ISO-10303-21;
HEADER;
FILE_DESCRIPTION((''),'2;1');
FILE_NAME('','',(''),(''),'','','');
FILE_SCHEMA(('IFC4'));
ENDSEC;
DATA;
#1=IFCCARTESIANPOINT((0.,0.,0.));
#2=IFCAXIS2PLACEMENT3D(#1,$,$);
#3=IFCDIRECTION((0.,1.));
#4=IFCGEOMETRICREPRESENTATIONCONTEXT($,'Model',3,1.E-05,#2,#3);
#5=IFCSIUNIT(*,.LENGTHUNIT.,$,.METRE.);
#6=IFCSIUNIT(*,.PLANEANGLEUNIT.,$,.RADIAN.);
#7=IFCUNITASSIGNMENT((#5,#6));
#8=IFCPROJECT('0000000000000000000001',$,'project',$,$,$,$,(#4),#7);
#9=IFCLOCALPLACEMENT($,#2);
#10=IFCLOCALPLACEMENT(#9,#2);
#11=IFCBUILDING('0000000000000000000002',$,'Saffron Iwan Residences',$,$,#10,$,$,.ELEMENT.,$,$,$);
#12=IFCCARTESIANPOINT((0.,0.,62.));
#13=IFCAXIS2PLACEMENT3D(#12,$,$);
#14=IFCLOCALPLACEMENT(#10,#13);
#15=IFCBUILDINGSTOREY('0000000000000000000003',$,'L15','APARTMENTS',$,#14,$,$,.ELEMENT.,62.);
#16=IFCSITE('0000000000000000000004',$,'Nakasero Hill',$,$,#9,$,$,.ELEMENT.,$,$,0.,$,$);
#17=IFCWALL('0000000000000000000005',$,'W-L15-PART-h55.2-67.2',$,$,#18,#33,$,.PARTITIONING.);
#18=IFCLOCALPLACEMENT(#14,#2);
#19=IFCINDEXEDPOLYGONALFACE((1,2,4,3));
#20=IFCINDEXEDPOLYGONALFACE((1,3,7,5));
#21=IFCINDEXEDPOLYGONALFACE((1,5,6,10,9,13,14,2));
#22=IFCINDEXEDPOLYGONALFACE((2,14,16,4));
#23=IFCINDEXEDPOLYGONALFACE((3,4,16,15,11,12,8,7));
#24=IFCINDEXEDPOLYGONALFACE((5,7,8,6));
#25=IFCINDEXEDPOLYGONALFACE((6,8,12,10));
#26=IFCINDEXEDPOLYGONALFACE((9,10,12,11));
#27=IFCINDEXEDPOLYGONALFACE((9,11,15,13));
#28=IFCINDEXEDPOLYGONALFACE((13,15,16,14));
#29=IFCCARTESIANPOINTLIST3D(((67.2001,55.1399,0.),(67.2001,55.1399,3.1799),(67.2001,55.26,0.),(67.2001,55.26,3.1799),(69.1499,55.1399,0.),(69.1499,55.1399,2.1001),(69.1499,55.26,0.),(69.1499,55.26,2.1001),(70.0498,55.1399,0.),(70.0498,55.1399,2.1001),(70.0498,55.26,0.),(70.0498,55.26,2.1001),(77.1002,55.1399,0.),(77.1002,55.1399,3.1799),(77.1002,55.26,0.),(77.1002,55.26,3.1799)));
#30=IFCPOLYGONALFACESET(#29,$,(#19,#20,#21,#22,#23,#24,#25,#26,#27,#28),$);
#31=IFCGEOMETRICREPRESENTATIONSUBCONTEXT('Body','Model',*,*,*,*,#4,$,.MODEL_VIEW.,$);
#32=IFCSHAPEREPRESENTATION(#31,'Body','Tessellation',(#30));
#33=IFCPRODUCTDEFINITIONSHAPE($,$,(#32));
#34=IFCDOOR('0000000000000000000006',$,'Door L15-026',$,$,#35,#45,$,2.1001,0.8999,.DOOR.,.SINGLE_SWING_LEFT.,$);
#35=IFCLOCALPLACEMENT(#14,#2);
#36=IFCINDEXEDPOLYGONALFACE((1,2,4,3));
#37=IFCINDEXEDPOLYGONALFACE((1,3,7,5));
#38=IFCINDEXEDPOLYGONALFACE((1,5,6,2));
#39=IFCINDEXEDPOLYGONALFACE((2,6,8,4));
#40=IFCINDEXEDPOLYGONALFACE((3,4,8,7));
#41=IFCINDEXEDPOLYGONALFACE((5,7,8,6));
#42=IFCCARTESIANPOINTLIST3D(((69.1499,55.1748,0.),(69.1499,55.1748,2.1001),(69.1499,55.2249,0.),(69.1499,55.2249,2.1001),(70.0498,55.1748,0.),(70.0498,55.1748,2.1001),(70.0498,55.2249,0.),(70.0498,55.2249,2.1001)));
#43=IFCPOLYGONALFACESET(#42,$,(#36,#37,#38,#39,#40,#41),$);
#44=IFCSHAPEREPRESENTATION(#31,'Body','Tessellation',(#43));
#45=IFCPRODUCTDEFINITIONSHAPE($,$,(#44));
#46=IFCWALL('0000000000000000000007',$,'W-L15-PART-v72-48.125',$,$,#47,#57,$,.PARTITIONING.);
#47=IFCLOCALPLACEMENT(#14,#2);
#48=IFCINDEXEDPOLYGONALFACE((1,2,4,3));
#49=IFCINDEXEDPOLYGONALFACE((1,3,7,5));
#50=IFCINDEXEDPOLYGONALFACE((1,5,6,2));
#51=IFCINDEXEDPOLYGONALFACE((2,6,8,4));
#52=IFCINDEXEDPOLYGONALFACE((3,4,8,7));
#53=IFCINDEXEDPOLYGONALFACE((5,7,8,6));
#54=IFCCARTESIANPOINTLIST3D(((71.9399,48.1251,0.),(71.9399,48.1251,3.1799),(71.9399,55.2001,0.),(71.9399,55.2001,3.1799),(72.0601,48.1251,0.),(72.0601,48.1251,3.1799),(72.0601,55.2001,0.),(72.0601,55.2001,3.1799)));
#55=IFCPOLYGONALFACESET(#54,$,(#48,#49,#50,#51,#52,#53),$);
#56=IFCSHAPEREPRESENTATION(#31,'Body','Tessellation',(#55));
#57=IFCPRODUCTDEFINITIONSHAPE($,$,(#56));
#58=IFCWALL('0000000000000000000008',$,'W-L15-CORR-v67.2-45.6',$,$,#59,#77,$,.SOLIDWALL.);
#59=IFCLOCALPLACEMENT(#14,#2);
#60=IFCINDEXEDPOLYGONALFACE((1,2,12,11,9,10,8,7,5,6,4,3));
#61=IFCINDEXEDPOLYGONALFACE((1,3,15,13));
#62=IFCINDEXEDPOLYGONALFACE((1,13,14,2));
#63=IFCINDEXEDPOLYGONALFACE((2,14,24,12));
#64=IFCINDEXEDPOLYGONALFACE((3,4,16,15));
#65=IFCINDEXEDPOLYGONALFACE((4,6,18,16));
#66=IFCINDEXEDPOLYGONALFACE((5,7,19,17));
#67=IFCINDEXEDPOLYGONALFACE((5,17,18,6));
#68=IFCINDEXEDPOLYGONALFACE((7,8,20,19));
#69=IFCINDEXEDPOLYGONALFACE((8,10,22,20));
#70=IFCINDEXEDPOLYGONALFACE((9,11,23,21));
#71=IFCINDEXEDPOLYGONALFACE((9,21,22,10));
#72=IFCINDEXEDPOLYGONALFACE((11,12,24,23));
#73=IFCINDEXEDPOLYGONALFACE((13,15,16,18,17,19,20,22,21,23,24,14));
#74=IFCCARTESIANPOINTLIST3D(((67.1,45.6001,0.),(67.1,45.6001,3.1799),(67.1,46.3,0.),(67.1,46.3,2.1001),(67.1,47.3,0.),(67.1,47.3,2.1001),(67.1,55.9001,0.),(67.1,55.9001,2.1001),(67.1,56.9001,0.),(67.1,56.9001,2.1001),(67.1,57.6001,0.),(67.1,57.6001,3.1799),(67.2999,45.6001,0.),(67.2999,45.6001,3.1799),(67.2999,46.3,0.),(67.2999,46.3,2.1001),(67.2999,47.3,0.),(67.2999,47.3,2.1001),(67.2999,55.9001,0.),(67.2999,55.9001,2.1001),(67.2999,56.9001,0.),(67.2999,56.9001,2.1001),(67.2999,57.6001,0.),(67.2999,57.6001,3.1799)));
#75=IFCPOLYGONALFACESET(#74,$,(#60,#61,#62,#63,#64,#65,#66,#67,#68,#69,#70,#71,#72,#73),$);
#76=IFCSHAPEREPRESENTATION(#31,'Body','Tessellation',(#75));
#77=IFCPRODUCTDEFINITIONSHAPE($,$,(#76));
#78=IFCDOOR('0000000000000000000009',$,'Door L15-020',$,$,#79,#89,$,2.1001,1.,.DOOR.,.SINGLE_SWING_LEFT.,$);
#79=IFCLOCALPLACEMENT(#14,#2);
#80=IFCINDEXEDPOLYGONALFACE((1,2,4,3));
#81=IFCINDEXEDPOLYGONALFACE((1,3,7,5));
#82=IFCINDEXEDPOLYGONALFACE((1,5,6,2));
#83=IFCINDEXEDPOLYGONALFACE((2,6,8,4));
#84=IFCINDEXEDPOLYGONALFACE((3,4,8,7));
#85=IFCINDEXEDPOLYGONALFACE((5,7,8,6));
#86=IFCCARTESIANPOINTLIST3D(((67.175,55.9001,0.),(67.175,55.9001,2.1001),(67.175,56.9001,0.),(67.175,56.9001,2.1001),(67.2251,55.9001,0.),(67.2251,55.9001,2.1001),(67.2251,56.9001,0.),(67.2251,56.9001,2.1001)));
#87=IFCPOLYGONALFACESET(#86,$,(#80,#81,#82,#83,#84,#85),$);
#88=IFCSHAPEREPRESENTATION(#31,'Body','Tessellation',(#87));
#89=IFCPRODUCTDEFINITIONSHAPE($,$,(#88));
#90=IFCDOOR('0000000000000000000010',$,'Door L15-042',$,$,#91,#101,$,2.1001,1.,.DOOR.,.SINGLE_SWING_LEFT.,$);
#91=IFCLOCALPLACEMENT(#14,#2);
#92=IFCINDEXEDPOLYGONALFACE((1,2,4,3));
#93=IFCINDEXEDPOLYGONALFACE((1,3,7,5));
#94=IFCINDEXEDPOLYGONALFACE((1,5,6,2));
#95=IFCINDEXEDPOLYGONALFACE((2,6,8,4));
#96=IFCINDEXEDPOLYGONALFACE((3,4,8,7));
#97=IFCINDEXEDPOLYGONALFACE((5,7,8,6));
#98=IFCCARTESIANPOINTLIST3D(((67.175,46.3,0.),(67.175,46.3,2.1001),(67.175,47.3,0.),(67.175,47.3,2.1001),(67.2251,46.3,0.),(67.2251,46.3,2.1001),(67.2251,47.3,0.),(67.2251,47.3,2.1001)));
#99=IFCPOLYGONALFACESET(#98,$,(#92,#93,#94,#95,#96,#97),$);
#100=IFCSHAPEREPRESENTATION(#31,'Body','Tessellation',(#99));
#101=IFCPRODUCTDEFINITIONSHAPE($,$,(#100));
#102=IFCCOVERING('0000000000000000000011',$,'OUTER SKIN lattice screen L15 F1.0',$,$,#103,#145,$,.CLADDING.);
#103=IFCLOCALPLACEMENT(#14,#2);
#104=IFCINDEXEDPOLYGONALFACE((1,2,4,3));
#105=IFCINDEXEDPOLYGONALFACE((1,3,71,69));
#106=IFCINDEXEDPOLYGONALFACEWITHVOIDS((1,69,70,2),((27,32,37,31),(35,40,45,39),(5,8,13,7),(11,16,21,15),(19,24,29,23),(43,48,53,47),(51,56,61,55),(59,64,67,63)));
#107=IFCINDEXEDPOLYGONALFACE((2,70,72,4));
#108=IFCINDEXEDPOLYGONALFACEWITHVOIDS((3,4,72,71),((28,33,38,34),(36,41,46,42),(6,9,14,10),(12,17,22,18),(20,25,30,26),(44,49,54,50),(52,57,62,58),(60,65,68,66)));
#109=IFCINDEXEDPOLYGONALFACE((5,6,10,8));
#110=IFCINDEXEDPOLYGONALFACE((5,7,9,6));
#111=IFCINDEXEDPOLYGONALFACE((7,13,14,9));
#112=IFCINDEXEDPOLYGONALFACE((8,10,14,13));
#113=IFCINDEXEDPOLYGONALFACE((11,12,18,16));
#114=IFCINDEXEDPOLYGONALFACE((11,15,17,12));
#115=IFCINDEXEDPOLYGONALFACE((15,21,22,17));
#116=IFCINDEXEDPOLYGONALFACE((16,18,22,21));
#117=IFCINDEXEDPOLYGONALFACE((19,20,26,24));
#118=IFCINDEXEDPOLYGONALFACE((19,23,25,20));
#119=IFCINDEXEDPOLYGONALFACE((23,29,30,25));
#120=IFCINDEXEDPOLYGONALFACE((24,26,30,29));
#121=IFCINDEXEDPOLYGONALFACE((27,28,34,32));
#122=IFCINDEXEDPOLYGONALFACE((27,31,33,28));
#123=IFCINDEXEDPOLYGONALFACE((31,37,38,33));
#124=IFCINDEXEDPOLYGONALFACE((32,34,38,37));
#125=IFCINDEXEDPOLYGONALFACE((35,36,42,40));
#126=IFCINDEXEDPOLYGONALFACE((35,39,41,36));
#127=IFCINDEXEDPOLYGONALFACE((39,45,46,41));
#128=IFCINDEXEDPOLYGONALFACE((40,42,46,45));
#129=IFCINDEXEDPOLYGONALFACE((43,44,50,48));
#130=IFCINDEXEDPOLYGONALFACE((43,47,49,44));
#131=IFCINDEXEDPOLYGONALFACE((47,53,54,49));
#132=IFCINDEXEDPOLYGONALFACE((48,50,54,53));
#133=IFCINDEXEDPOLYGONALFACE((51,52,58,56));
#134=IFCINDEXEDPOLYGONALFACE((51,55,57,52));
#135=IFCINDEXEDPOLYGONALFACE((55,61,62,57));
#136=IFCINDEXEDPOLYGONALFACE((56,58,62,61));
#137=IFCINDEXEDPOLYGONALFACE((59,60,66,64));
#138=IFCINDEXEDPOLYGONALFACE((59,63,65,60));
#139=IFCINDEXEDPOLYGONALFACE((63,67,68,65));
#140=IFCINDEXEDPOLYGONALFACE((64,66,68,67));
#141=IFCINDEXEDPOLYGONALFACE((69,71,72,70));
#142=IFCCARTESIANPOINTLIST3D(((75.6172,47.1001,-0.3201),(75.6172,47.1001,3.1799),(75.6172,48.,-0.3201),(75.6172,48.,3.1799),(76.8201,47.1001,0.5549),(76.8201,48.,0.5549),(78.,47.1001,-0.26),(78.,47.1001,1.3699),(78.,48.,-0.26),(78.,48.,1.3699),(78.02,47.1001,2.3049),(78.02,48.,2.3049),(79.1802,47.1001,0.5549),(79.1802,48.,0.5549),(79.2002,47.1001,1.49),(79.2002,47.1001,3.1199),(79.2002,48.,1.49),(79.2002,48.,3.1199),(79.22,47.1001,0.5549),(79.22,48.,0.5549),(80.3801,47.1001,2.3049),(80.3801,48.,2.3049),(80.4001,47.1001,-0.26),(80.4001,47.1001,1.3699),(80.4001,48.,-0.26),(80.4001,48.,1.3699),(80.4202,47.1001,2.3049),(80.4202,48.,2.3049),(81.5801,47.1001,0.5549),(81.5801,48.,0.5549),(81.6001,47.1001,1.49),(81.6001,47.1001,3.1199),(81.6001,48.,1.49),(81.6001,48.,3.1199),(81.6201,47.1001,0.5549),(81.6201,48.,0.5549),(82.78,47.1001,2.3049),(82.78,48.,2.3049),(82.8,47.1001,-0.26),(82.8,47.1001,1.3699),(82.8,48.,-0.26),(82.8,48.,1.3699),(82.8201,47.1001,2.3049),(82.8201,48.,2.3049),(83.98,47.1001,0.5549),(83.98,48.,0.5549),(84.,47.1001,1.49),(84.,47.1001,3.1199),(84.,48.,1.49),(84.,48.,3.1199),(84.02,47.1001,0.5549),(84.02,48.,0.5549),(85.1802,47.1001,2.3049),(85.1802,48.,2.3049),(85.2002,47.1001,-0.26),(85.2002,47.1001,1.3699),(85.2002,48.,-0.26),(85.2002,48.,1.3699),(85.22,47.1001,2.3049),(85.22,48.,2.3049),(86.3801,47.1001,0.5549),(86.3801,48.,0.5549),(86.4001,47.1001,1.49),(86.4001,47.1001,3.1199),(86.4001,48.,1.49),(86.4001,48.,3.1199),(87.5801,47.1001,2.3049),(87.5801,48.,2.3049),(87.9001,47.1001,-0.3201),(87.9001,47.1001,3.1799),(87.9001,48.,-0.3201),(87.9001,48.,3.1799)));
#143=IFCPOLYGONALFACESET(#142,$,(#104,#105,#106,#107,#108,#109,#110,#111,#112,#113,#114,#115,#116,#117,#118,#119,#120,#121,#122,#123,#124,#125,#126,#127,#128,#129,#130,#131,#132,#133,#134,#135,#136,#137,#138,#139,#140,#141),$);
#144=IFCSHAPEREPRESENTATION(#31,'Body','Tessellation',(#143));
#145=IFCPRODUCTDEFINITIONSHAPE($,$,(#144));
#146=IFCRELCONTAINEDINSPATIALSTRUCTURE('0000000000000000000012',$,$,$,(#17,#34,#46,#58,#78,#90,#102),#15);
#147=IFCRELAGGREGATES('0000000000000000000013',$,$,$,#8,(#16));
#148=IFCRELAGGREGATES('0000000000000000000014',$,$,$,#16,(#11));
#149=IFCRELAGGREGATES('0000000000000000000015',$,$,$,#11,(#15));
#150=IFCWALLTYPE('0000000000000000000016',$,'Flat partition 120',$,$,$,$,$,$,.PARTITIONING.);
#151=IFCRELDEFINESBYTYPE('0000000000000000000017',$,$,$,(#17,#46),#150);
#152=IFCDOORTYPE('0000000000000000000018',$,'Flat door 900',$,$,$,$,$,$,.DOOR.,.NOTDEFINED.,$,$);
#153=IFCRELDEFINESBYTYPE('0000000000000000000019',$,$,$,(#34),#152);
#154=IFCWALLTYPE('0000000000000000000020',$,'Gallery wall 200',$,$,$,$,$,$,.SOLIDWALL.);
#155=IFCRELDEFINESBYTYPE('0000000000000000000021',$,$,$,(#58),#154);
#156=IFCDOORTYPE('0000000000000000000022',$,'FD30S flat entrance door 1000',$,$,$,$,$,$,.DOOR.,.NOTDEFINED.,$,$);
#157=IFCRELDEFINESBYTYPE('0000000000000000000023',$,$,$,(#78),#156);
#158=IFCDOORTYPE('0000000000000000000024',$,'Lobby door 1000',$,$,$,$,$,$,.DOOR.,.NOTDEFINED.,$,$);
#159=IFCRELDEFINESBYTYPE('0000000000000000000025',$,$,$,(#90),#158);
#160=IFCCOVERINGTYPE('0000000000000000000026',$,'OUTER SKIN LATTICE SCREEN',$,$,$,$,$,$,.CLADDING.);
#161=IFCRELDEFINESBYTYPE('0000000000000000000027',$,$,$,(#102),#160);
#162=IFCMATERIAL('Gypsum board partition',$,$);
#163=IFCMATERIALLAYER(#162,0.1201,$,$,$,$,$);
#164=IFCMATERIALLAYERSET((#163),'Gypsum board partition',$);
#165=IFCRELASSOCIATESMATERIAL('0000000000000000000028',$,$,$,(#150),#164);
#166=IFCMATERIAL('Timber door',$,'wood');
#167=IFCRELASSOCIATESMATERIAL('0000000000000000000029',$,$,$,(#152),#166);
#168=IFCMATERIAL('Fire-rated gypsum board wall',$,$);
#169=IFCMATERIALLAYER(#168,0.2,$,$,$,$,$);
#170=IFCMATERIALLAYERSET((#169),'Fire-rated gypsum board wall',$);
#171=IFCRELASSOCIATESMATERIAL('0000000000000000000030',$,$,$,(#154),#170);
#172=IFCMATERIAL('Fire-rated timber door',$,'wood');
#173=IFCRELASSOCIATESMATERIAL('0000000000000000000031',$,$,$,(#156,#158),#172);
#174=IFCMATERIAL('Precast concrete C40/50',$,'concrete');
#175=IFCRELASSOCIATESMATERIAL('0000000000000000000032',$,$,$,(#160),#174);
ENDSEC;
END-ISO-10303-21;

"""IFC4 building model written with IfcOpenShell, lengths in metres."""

from ifc_helpers import new_model, si_unit, direction, frame, frame_2d, origin, place, context, subcontext, project, spatial, polyline, rectangle, outline, extrude, material, layer, layer_set, type_object, element, fill, save


model = new_model("IFC4")

# Units and contexts
model_context = context("Model", 3, precision=1e-05, world=origin(), true_north=direction((0.0, 1.0)))
body_context = subcontext(model_context, "Body", "Model", "MODEL_VIEW")
ifc_project = project(units=[si_unit("LENGTHUNIT", "METRE"), si_unit("PLANEANGLEUNIT", "RADIAN")], contexts=[model_context])

# Site, building, storey
site_placement = place(None, origin())
site = spatial("IfcSite", under=ifc_project, at=site_placement, Name="Nakasero Hill", CompositionType="ELEMENT", RefElevation=0.0)
building_placement = place(site_placement, origin())
building = spatial("IfcBuilding", under=site, at=building_placement, Name="Saffron Iwan Residences", CompositionType="ELEMENT")
storey_placement = place(building_placement, frame((0.0, 0.0, 62.0)))
storey = spatial("IfcBuildingStorey", under=building, at=storey_placement, Name="L15", Description="APARTMENTS", CompositionType="ELEMENT", Elevation=62.0)

# Shared definitions
ifc_material_1 = material(Name="Fire-rated gypsum board wall")

# Wall, opening, door
ifc_material_2 = material(Name="Gypsum board partition")
ifc_layer_1 = layer(ifc_material_2, 0.1201)
ifc_layer_set_1 = layer_set([ifc_layer_1], Name="Gypsum board partition")
wall_type_1 = type_object("IfcWallType", Name="Flat partition 120", PredefinedType="PARTITIONING", material=ifc_layer_set_1)
ifc_material_3 = material(Name="Timber door", Category="wood")
door_type_1 = type_object("IfcDoorType", Name="Flat door 900", OperationType="NOTDEFINED", PredefinedType="DOOR", material=ifc_material_3)
wall_1_placement = place(storey_placement, frame((67.2, 55.2, 0.0), z_axis=(0.0, 0.0, 1.0), x_axis=(1.0, 0.0, 0.0)))
wall_1 = element("IfcWall", 1, at=wall_1_placement, inside=storey, type_object=wall_type_1, Name="W-L15-PART-h55.2-67.2", PredefinedType="PARTITIONING", context=body_context, shape_type="SweptSolid", body=[
    extrude(rectangle(XDim=9.9001, YDim=0.1201, at=frame_2d((4.9502, 0.0))), origin(), (0.0, 0.0, 1.0), 3.1799),
])
opening_1_placement = place(wall_1_placement, frame((1.95, 0.0, 0.0)))
opening_1 = element("IfcOpeningElement", 2, at=opening_1_placement, cuts=wall_1, PredefinedType="OPENING", context=body_context, shape_type="SweptSolid", body=[
    extrude(rectangle(XDim=0.8999, YDim=2.1001, at=frame_2d((0.45, 1.05))), frame((0.0, 0.0701, 0.0), z_axis=(0.0, -1.0, 0.0), x_axis=(1.0, 0.0, 0.0)), (0.0, 0.0, 1.0), 0.1401),
])
door_1_placement = place(opening_1_placement, origin())
door_1 = element("IfcDoor", 3, at=door_1_placement, inside=storey, type_object=door_type_1, Name="Door L15-026", OperationType="SINGLE_SWING_LEFT", OverallHeight=2.1001, OverallWidth=0.8999, PredefinedType="DOOR", context=body_context, shape_type="SweptSolid", body=[
    extrude(rectangle(XDim=0.8999, YDim=2.1001, at=frame_2d((0.45, 1.05))), frame((0.0, 0.0249, 0.0), z_axis=(0.0, -1.0, 0.0), x_axis=(1.0, 0.0, 0.0)), (0.0, 0.0, 1.0), 0.05),
])
fill(opening_1, door_1)

# Wall
wall_2_placement = place(storey_placement, frame((72.0, 48.125, 0.0), z_axis=(0.0, 0.0, 1.0), x_axis=(0.0, 1.0, 0.0)))
element("IfcWall", 4, at=wall_2_placement, inside=storey, type_object=wall_type_1, Name="W-L15-PART-v72-48.125", PredefinedType="PARTITIONING", context=body_context, shape_type="SweptSolid", body=[
    extrude(rectangle(XDim=7.075, YDim=0.1201, at=frame_2d((3.5376, 0.0))), origin(), (0.0, 0.0, 1.0), 3.1799),
])

# Wall, openings, doors
ifc_layer_2 = layer(ifc_material_1, 0.2)
ifc_layer_set_2 = layer_set([ifc_layer_2], Name="Fire-rated gypsum board wall")
wall_type_2 = type_object("IfcWallType", Name="Gallery wall 200", PredefinedType="SOLIDWALL", material=ifc_layer_set_2)
wall_3_placement = place(storey_placement, frame((67.2, 45.6001, 0.0), z_axis=(0.0, 0.0, 1.0), x_axis=(0.0, 1.0, 0.0)))
wall_3 = element("IfcWall", 5, at=wall_3_placement, inside=storey, type_object=wall_type_2, Name="W-L15-CORR-v67.2-45.6", PredefinedType="SOLIDWALL", context=body_context, shape_type="SweptSolid", body=[
    extrude(rectangle(XDim=12.0, YDim=0.2, at=frame_2d((6.0, 0.0))), origin(), (0.0, 0.0, 1.0), 3.1799),
])
opening_2_placement = place(wall_3_placement, frame((10.3, 0.0, 0.0)))
opening_2 = element("IfcOpeningElement", 6, at=opening_2_placement, cuts=wall_3, PredefinedType="OPENING", context=body_context, shape_type="SweptSolid", body=[
    extrude(rectangle(XDim=1.0, YDim=2.1001, at=frame_2d((0.5, 1.05))), frame((0.0, 0.1099, 0.0), z_axis=(0.0, -1.0, 0.0), x_axis=(1.0, 0.0, 0.0)), (0.0, 0.0, 1.0), 0.22),
])
opening_3_placement = place(wall_3_placement, frame((0.7, 0.0, 0.0)))
opening_3 = element("IfcOpeningElement", 7, at=opening_3_placement, cuts=wall_3, PredefinedType="OPENING", context=body_context, shape_type="SweptSolid", body=[
    extrude(rectangle(XDim=1.0, YDim=2.1001, at=frame_2d((0.5, 1.05))), frame((0.0, 0.1099, 0.0), z_axis=(0.0, -1.0, 0.0), x_axis=(1.0, 0.0, 0.0)), (0.0, 0.0, 1.0), 0.22),
])
ifc_material_4 = material(Name="Fire-rated timber door", Category="wood")
door_type_2 = type_object("IfcDoorType", Name="FD30S flat entrance door 1000", OperationType="NOTDEFINED", PredefinedType="DOOR", material=ifc_material_4)
door_2_placement = place(opening_2_placement, origin())
door_2 = element("IfcDoor", 8, at=door_2_placement, inside=storey, type_object=door_type_2, Name="Door L15-020", OperationType="SINGLE_SWING_LEFT", OverallHeight=2.1001, OverallWidth=1.0, PredefinedType="DOOR", context=body_context, shape_type="SweptSolid", body=[
    extrude(rectangle(XDim=1.0, YDim=2.1001, at=frame_2d((0.5, 1.05))), frame((0.0, 0.0249, 0.0), z_axis=(0.0, -1.0, 0.0), x_axis=(1.0, 0.0, 0.0)), (0.0, 0.0, 1.0), 0.05),
])
fill(opening_2, door_2)
door_type_3 = type_object("IfcDoorType", Name="Lobby door 1000", OperationType="NOTDEFINED", PredefinedType="DOOR", material=ifc_material_4)
door_3_placement = place(opening_3_placement, origin())
door_3 = element("IfcDoor", 9, at=door_3_placement, inside=storey, type_object=door_type_3, Name="Door L15-042", OperationType="SINGLE_SWING_LEFT", OverallHeight=2.1001, OverallWidth=1.0, PredefinedType="DOOR", context=body_context, shape_type="SweptSolid", body=[
    extrude(rectangle(XDim=1.0, YDim=2.1001, at=frame_2d((0.5, 1.05))), frame((0.0, 0.0249, 0.0), z_axis=(0.0, -1.0, 0.0), x_axis=(1.0, 0.0, 0.0)), (0.0, 0.0, 1.0), 0.05),
])
fill(opening_3, door_3)

# Covering
ifc_material_5 = material(Name="Precast concrete C40/50", Category="concrete")
covering_type = type_object("IfcCoveringType", Name="OUTER SKIN LATTICE SCREEN", PredefinedType="CLADDING", material=ifc_material_5)
covering_placement = place(storey_placement, frame((75.6172, 48.0, -0.3201), z_axis=(0.0, -1.0, 0.0), x_axis=(1.0, 0.0, 0.0)))
element("IfcCovering", 10, at=covering_placement, inside=storey, type_object=covering_type, Name="OUTER SKIN lattice screen L15 F1.0", PredefinedType="CLADDING", context=body_context, shape_type="SweptSolid", body=[
    extrude(outline(polyline([(0.0, 0.0), (12.283, 0.0), (12.283, 3.5), (0.0, 3.5), (0.0, 0.0)]), holes=[polyline([(1.2029, 0.875), (2.3828, 0.0601), (3.563, 0.875), (2.3828, 1.6899), (1.2029, 0.875)]), polyline([(3.6028, 0.875), (4.783, 0.0601), (5.9629, 0.875), (4.783, 1.6899), (3.6028, 0.875)]), polyline([(6.0029, 0.875), (7.1829, 0.0601), (8.3628, 0.875), (7.1829, 1.6899), (6.0029, 0.875)]), polyline([(8.4028, 0.875), (9.583, 0.0601), (10.7629, 0.875), (9.583, 1.6899), (8.4028, 0.875)]), polyline([(2.4028, 2.625), (3.583, 1.8101), (4.7629, 2.625), (3.583, 3.4399), (2.4028, 2.625)]), polyline([(4.803, 2.625), (5.9829, 1.8101), (7.1628, 2.625), (5.9829, 3.4399), (4.803, 2.625)]), polyline([(7.2029, 2.625), (8.3828, 1.8101), (9.563, 2.625), (8.3828, 3.4399), (7.2029, 2.625)]), polyline([(9.6028, 2.625), (10.783, 1.8101), (11.9629, 2.625), (10.783, 3.4399), (9.6028, 2.625)])]), origin(), (0.0, 0.0, 1.0), 0.8999),
])

save(model, "model.ifc")
